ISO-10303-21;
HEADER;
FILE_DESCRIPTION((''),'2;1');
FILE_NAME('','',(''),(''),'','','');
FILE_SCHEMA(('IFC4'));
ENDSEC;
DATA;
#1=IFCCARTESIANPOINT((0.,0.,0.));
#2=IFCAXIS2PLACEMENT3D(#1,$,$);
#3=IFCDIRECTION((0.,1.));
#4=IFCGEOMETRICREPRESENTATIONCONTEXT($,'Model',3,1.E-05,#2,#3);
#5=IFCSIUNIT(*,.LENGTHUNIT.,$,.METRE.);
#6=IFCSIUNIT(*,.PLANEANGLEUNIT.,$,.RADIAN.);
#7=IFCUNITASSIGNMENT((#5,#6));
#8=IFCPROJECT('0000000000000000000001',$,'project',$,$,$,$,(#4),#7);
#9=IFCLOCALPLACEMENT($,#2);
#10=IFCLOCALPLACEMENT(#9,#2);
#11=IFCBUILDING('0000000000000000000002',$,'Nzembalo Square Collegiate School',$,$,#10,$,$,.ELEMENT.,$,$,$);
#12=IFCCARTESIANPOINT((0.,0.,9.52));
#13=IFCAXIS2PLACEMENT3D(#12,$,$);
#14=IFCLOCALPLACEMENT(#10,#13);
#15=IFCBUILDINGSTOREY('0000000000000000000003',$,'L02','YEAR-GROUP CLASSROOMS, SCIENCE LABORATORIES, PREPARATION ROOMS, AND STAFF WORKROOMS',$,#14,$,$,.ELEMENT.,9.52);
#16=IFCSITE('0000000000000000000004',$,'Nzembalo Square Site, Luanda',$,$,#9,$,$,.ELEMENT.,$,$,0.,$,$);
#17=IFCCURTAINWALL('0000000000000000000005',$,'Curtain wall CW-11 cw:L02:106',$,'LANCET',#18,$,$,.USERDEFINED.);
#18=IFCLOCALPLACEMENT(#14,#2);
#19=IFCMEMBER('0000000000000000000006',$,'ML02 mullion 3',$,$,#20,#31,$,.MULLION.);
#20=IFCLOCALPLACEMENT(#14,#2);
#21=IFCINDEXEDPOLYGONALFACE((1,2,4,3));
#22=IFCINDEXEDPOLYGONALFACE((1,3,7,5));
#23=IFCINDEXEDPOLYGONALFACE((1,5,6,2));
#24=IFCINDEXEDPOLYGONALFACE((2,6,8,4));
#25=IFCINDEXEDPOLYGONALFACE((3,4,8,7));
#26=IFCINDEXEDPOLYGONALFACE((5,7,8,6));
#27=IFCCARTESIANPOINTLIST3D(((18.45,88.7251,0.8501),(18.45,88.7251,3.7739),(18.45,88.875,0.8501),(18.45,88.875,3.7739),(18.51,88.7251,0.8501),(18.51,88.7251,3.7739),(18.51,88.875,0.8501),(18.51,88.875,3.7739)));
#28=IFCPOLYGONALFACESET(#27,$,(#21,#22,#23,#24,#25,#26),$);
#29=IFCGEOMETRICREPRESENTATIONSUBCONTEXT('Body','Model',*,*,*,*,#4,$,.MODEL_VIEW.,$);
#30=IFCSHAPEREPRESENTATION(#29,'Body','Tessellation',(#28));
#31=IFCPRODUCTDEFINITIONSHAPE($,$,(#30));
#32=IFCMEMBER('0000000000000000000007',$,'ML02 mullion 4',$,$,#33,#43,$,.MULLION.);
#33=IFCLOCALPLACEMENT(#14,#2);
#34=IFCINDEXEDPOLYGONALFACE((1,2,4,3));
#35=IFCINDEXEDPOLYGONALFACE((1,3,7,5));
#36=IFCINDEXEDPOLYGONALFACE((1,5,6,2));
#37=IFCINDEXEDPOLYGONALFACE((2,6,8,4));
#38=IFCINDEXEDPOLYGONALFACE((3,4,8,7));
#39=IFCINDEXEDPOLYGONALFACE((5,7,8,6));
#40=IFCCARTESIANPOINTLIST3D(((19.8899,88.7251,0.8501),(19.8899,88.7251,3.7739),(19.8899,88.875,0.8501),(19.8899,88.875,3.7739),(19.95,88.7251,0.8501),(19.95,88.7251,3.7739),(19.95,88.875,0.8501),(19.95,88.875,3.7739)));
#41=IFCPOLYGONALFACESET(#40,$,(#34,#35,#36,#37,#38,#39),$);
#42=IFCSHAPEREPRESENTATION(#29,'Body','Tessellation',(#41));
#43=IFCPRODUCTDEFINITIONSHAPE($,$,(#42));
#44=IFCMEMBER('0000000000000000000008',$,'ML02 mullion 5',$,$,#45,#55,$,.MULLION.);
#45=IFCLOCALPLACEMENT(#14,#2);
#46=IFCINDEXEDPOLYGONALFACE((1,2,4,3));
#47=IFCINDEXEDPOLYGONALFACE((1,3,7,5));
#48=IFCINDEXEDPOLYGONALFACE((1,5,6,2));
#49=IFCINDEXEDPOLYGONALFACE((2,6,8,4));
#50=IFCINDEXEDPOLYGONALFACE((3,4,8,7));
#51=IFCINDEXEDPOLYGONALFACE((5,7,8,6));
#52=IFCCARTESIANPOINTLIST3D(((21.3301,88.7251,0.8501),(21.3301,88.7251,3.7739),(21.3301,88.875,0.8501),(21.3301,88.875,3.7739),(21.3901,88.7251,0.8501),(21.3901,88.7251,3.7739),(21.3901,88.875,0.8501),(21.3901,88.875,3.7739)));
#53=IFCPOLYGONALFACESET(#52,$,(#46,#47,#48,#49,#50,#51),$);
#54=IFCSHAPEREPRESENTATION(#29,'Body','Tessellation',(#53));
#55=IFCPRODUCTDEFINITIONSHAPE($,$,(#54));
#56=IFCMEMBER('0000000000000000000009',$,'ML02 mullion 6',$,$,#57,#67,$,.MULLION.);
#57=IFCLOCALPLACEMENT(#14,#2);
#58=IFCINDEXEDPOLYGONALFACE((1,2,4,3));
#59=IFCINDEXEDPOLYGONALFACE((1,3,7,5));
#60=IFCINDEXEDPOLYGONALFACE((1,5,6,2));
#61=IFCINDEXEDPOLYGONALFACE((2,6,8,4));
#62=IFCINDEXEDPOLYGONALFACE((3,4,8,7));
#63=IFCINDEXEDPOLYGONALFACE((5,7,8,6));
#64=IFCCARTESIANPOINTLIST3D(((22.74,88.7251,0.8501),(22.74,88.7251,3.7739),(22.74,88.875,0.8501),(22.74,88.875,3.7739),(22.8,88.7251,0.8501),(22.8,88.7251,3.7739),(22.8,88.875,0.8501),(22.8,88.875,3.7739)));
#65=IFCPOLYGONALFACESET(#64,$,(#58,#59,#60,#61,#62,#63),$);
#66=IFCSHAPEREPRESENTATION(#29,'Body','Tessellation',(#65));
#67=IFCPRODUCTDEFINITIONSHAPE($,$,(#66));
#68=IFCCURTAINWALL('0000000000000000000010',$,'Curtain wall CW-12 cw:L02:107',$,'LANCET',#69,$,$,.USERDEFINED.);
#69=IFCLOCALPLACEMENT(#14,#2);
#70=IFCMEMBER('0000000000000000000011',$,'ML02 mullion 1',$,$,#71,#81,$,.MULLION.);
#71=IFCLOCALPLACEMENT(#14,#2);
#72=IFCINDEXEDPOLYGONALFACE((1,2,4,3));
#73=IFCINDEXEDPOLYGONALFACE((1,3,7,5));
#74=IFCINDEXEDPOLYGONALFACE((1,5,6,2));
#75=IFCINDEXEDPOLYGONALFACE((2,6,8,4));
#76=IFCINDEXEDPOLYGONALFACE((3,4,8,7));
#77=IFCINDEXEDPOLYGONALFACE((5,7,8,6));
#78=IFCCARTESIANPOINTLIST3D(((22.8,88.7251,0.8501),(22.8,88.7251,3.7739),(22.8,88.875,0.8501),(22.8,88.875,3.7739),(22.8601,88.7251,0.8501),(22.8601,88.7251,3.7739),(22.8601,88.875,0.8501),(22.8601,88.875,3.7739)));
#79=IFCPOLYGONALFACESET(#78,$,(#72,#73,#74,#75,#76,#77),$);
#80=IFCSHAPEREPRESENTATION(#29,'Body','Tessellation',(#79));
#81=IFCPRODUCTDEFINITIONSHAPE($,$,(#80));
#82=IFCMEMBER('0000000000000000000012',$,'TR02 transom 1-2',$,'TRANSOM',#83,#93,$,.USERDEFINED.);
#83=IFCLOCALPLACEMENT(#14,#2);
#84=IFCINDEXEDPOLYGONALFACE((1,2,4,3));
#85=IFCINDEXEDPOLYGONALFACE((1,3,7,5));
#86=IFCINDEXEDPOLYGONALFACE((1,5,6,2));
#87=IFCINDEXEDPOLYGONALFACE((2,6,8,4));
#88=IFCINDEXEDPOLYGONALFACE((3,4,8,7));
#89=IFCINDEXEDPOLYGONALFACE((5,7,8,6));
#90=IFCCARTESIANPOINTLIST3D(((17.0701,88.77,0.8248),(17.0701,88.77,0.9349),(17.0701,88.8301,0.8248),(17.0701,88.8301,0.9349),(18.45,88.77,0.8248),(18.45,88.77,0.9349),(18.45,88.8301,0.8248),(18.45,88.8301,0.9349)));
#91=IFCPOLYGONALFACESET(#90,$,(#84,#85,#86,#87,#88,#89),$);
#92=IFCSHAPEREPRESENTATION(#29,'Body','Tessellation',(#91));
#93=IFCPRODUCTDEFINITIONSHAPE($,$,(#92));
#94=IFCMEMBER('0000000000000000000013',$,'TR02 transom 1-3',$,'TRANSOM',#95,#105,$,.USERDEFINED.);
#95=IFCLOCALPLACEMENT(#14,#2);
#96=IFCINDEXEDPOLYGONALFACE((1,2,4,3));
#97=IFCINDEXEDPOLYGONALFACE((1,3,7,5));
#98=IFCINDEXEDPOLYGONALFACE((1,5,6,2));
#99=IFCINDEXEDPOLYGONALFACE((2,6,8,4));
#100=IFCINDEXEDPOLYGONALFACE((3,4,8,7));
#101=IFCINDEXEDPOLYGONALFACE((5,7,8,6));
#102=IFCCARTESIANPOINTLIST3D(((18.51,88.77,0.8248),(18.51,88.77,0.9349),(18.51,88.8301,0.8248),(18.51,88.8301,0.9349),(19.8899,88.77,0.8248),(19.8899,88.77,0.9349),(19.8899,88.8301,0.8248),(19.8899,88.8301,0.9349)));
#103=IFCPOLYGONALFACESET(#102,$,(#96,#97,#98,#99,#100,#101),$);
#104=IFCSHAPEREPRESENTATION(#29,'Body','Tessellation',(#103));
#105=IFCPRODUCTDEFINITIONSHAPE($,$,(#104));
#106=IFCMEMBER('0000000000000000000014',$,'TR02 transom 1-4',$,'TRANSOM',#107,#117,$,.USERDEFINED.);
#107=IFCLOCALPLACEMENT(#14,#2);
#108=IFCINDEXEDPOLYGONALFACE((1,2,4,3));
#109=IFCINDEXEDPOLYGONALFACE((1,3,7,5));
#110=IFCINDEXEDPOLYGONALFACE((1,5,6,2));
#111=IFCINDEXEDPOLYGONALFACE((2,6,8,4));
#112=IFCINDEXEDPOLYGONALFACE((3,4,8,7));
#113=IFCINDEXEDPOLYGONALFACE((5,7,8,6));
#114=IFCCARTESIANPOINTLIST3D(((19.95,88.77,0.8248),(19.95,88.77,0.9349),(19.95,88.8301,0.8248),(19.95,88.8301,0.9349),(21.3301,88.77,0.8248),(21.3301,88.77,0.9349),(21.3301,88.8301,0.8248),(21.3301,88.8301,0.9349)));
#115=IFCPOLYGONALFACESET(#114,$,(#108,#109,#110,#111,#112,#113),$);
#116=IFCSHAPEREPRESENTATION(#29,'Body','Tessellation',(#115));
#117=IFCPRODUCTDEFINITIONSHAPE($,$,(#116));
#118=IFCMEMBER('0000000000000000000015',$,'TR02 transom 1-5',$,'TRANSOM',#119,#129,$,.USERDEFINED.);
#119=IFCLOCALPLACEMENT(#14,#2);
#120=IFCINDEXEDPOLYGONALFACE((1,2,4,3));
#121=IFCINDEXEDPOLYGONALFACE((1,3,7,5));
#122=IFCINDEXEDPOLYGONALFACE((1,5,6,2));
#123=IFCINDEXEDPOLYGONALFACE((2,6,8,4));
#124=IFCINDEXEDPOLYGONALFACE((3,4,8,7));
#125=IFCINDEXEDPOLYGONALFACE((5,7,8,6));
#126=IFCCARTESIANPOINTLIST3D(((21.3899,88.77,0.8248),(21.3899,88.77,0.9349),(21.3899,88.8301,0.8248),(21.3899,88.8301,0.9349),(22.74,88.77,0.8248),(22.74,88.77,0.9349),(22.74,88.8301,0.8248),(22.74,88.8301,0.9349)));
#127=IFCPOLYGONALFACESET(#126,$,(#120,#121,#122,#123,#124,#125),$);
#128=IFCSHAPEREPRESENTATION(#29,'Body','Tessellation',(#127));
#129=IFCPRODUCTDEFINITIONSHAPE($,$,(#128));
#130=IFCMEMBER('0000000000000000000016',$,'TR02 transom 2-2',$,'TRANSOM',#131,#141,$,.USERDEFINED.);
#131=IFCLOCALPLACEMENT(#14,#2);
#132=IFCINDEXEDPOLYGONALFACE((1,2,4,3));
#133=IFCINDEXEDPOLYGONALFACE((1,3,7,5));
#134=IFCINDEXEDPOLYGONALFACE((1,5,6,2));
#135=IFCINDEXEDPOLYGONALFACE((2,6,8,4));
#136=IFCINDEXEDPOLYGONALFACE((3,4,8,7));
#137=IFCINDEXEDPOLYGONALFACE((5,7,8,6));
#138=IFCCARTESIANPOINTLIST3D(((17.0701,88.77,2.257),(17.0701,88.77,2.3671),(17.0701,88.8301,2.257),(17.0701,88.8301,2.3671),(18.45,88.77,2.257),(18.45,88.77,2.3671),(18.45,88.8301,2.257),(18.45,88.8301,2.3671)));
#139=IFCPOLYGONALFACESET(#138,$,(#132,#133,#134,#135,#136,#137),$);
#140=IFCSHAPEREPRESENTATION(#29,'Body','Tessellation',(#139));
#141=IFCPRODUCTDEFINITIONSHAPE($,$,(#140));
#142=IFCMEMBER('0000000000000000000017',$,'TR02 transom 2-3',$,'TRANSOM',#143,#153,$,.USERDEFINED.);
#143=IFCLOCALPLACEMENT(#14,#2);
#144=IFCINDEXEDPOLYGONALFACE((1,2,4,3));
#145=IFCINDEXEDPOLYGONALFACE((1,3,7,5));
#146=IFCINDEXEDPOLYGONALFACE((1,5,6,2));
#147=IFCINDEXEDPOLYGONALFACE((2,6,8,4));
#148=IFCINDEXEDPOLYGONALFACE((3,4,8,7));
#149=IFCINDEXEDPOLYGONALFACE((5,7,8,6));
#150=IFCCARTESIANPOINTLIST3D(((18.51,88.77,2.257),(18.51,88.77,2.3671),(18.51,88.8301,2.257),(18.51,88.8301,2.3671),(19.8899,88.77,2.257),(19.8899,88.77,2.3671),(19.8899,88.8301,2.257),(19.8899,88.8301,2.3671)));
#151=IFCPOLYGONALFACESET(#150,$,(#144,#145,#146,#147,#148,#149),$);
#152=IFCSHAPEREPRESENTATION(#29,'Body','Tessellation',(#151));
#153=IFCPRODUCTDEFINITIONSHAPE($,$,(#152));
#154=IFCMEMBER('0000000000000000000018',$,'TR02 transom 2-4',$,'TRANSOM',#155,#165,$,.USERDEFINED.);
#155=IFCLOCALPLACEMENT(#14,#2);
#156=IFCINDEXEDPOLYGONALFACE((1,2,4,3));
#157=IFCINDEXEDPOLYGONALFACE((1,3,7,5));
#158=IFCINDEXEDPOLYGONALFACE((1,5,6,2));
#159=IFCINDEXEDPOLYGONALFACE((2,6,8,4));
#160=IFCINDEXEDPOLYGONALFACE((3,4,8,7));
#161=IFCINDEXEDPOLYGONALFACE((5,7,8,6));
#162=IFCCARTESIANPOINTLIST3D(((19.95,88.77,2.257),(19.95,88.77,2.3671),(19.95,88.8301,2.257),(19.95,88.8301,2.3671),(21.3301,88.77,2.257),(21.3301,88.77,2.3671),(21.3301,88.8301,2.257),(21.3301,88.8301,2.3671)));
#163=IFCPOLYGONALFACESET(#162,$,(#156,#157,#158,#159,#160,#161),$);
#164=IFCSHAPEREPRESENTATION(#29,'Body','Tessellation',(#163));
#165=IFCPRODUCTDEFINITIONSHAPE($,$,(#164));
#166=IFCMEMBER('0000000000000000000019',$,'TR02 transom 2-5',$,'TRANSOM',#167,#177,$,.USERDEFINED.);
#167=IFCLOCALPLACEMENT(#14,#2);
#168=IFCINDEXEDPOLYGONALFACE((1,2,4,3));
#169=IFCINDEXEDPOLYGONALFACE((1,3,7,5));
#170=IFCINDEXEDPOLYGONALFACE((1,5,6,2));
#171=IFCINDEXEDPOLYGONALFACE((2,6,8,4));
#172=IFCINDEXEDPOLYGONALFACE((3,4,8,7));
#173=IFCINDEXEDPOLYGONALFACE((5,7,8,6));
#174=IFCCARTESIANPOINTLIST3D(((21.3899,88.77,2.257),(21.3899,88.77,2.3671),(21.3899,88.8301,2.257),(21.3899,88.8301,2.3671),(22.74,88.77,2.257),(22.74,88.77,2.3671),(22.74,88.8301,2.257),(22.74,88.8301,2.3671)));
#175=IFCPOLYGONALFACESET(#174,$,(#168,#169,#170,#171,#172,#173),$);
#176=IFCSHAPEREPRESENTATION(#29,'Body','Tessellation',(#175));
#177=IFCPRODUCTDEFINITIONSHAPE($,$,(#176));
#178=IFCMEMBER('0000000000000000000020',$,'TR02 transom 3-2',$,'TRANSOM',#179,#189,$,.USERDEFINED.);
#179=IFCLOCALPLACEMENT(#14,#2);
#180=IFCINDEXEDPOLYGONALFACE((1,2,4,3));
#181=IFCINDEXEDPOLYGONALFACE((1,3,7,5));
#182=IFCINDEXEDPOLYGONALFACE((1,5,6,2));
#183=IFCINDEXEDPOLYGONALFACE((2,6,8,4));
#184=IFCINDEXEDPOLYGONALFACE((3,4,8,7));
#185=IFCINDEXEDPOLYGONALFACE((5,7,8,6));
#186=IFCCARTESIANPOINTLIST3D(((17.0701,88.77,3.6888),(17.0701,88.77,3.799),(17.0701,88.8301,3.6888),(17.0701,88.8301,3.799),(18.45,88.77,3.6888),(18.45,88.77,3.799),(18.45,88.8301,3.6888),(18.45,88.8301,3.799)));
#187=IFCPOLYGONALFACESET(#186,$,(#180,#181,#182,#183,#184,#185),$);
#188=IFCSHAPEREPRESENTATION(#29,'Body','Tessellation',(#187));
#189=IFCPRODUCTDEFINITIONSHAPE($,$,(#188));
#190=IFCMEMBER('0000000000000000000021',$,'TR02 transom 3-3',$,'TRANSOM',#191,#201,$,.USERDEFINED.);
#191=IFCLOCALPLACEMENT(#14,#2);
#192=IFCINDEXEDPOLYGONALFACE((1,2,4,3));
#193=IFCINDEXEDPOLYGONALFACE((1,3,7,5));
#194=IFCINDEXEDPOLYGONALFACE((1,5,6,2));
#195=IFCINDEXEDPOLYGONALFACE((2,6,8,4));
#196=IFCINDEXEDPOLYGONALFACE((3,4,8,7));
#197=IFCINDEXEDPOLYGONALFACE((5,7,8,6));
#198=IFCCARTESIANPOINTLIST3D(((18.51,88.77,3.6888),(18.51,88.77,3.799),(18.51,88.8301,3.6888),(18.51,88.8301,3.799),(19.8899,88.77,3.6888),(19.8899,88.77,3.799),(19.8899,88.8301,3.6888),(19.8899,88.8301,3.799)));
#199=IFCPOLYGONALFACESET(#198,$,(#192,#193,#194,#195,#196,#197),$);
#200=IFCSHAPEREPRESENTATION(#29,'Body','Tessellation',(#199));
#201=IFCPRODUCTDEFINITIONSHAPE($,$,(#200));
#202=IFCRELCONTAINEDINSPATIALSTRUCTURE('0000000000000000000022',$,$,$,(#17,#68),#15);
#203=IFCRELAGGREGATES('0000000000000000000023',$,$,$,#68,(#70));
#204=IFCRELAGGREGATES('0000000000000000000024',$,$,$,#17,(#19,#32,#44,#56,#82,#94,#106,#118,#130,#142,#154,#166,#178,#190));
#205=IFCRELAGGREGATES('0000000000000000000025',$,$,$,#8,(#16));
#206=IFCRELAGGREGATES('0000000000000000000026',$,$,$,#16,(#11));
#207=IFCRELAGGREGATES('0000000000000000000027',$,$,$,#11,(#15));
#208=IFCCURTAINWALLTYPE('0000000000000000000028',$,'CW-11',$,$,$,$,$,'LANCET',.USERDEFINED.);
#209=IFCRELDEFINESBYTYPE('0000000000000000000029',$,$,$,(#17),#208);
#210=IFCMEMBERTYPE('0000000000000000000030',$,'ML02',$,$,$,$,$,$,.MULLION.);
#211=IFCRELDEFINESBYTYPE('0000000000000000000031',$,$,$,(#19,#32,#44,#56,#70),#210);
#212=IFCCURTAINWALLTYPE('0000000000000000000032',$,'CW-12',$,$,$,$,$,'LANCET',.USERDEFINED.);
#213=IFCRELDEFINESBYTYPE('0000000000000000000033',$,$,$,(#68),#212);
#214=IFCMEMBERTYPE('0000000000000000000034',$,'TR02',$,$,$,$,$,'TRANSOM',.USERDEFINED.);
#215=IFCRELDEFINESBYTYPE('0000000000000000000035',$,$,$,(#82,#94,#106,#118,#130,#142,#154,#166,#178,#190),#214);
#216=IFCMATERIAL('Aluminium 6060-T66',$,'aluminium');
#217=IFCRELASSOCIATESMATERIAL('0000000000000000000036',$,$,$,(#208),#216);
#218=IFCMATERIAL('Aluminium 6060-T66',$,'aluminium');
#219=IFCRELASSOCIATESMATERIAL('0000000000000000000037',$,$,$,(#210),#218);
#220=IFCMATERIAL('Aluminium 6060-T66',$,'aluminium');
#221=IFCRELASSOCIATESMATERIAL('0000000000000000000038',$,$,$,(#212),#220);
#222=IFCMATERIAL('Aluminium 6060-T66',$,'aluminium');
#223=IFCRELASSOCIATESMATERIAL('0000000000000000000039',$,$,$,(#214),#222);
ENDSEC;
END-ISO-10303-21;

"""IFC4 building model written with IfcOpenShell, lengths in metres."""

from ifc_helpers import new_model, si_unit, direction, frame, origin, origin_2d, place, context, subcontext, project, spatial, rectangle, extrude, material, material_profile, profile_set, type_object, element, aggregate, save


model = new_model("IFC4")

# Units and contexts
model_context = context("Model", 3, precision=1e-05, world=origin(), true_north=direction((0.0, 1.0)))
body_context = subcontext(model_context, "Body", "Model", "MODEL_VIEW")
ifc_project = project(units=[si_unit("LENGTHUNIT", "METRE"), si_unit("PLANEANGLEUNIT", "RADIAN")], contexts=[model_context])

# Site, building, storey
site_placement = place(None, origin())
site = spatial("IfcSite", under=ifc_project, at=site_placement, Name="Nzembalo Square Site, Luanda", CompositionType="ELEMENT", RefElevation=0.0)
building_placement = place(site_placement, origin())
building = spatial("IfcBuilding", under=site, at=building_placement, Name="Nzembalo Square Collegiate School", CompositionType="ELEMENT")
storey_placement = place(building_placement, frame((0.0, 0.0, 9.52)))
storey = spatial("IfcBuildingStorey", under=building, at=storey_placement, Name="L02", Description="YEAR-GROUP CLASSROOMS, SCIENCE LABORATORIES, PREPARATION ROOMS, AND STAFF WORKROOMS", CompositionType="ELEMENT", Elevation=9.52)

# Curtain wall, members
ifc_material_1 = material(Name="Aluminium 6060-T66", Category="aluminium")
curtain_wall_type_1 = type_object("IfcCurtainWallType", Name="CW-11", ElementType="LANCET", PredefinedType="USERDEFINED", material=ifc_material_1)
curtain_wall_1_placement = place(storey_placement, origin())
curtain_wall_1 = element("IfcCurtainWall", 1, at=curtain_wall_1_placement, inside=storey, type_object=curtain_wall_type_1, Name="Curtain wall CW-11 cw:L02:106", ObjectType="LANCET", PredefinedType="USERDEFINED")
ifc_material_2 = material(Name="Aluminium 6060-T66", Category="aluminium")
ifc_material_profile_1 = material_profile(ifc_material_2, rectangle(XDim=0.0601, YDim=0.1499, at=origin_2d()), Name="ALU M60x150")
ifc_profile_set_1 = profile_set([ifc_material_profile_1], Name="Aluminium 6060-T66")
member_type_1 = type_object("IfcMemberType", Name="ML02", PredefinedType="MULLION", material=ifc_profile_set_1)
member_1_placement = place(storey_placement, frame((18.48, 88.8, 0.8501), z_axis=(0.0, 0.0, 1.0), x_axis=(1.0, 0.0, 0.0)))
member_1 = element("IfcMember", 2, at=member_1_placement, type_object=member_type_1, Name="ML02 mullion 3", PredefinedType="MULLION", context=body_context, shape_type="SweptSolid", body=[
    extrude(rectangle(XDim=0.0601, YDim=0.1499, at=origin_2d()), origin(), (0.0, 0.0, 1.0), 2.9238),
])
member_2_placement = place(storey_placement, frame((19.9199, 88.8, 0.8501), z_axis=(0.0, 0.0, 1.0), x_axis=(1.0, 0.0, 0.0)))
member_2 = element("IfcMember", 3, at=member_2_placement, type_object=member_type_1, Name="ML02 mullion 4", PredefinedType="MULLION", context=body_context, shape_type="SweptSolid", body=[
    extrude(rectangle(XDim=0.0601, YDim=0.1499, at=origin_2d()), origin(), (0.0, 0.0, 1.0), 2.9238),
])
member_3_placement = place(storey_placement, frame((21.3601, 88.8, 0.8501), z_axis=(0.0, 0.0, 1.0), x_axis=(1.0, 0.0, 0.0)))
member_3 = element("IfcMember", 4, at=member_3_placement, type_object=member_type_1, Name="ML02 mullion 5", PredefinedType="MULLION", context=body_context, shape_type="SweptSolid", body=[
    extrude(rectangle(XDim=0.0601, YDim=0.1499, at=origin_2d()), origin(), (0.0, 0.0, 1.0), 2.9238),
])
member_4_placement = place(storey_placement, frame((22.77, 88.8, 0.8501), z_axis=(0.0, 0.0, 1.0), x_axis=(1.0, 0.0, 0.0)))
member_4 = element("IfcMember", 5, at=member_4_placement, type_object=member_type_1, Name="ML02 mullion 6", PredefinedType="MULLION", context=body_context, shape_type="SweptSolid", body=[
    extrude(rectangle(XDim=0.0601, YDim=0.1499, at=origin_2d()), origin(), (0.0, 0.0, 1.0), 2.9238),
])

# Curtain wall, member
ifc_material_3 = material(Name="Aluminium 6060-T66", Category="aluminium")
curtain_wall_type_2 = type_object("IfcCurtainWallType", Name="CW-12", ElementType="LANCET", PredefinedType="USERDEFINED", material=ifc_material_3)
curtain_wall_2_placement = place(storey_placement, origin())
curtain_wall_2 = element("IfcCurtainWall", 6, at=curtain_wall_2_placement, inside=storey, type_object=curtain_wall_type_2, Name="Curtain wall CW-12 cw:L02:107", ObjectType="LANCET", PredefinedType="USERDEFINED")
member_5_placement = place(storey_placement, frame((22.8301, 88.8, 0.8501), z_axis=(0.0, 0.0, 1.0), x_axis=(1.0, 0.0, 0.0)))
member_5 = element("IfcMember", 7, at=member_5_placement, type_object=member_type_1, Name="ML02 mullion 1", PredefinedType="MULLION", context=body_context, shape_type="SweptSolid", body=[
    extrude(rectangle(XDim=0.0601, YDim=0.1499, at=origin_2d()), origin(), (0.0, 0.0, 1.0), 2.9238),
])
aggregate(curtain_wall_2, [member_5])

# Members
ifc_material_4 = material(Name="Aluminium 6060-T66", Category="aluminium")
ifc_material_profile_2 = material_profile(ifc_material_4, rectangle(XDim=0.0601, YDim=0.1101, at=origin_2d()), Name="ALU T60x110")
ifc_profile_set_2 = profile_set([ifc_material_profile_2], Name="Aluminium 6060-T66")
member_type_2 = type_object("IfcMemberType", Name="TR02", ElementType="TRANSOM", PredefinedType="USERDEFINED", material=ifc_profile_set_2)
member_6_placement = place(storey_placement, frame((17.0701, 88.8, 0.8799), z_axis=(1.0, 0.0, 0.0), x_axis=(0.0, 1.0, 0.0)))
member_6 = element("IfcMember", 8, at=member_6_placement, type_object=member_type_2, Name="TR02 transom 1-2", ObjectType="TRANSOM", PredefinedType="USERDEFINED", context=body_context, shape_type="SweptSolid", body=[
    extrude(rectangle(XDim=0.0601, YDim=0.1101, at=origin_2d()), origin(), (0.0, 0.0, 1.0), 1.3799),
])
member_7_placement = place(storey_placement, frame((18.51, 88.8, 0.8799), z_axis=(1.0, 0.0, 0.0), x_axis=(0.0, 1.0, 0.0)))
member_7 = element("IfcMember", 9, at=member_7_placement, type_object=member_type_2, Name="TR02 transom 1-3", ObjectType="TRANSOM", PredefinedType="USERDEFINED", context=body_context, shape_type="SweptSolid", body=[
    extrude(rectangle(XDim=0.0601, YDim=0.1101, at=origin_2d()), origin(), (0.0, 0.0, 1.0), 1.3799),
])
member_8_placement = place(storey_placement, frame((19.95, 88.8, 0.8799), z_axis=(1.0, 0.0, 0.0), x_axis=(0.0, 1.0, 0.0)))
member_8 = element("IfcMember", 10, at=member_8_placement, type_object=member_type_2, Name="TR02 transom 1-4", ObjectType="TRANSOM", PredefinedType="USERDEFINED", context=body_context, shape_type="SweptSolid", body=[
    extrude(rectangle(XDim=0.0601, YDim=0.1101, at=origin_2d()), origin(), (0.0, 0.0, 1.0), 1.3801),
])
member_9_placement = place(storey_placement, frame((21.3899, 88.8, 0.8799), z_axis=(1.0, 0.0, 0.0), x_axis=(0.0, 1.0, 0.0)))
member_9 = element("IfcMember", 11, at=member_9_placement, type_object=member_type_2, Name="TR02 transom 1-5", ObjectType="TRANSOM", PredefinedType="USERDEFINED", context=body_context, shape_type="SweptSolid", body=[
    extrude(rectangle(XDim=0.0601, YDim=0.1101, at=origin_2d()), origin(), (0.0, 0.0, 1.0), 1.3501),
])
member_10_placement = place(storey_placement, frame((17.0701, 88.8, 2.312), z_axis=(1.0, 0.0, 0.0), x_axis=(0.0, 1.0, 0.0)))
member_10 = element("IfcMember", 12, at=member_10_placement, type_object=member_type_2, Name="TR02 transom 2-2", ObjectType="TRANSOM", PredefinedType="USERDEFINED", context=body_context, shape_type="SweptSolid", body=[
    extrude(rectangle(XDim=0.0601, YDim=0.1101, at=origin_2d()), origin(), (0.0, 0.0, 1.0), 1.3799),
])
member_11_placement = place(storey_placement, frame((18.51, 88.8, 2.312), z_axis=(1.0, 0.0, 0.0), x_axis=(0.0, 1.0, 0.0)))
member_11 = element("IfcMember", 13, at=member_11_placement, type_object=member_type_2, Name="TR02 transom 2-3", ObjectType="TRANSOM", PredefinedType="USERDEFINED", context=body_context, shape_type="SweptSolid", body=[
    extrude(rectangle(XDim=0.0601, YDim=0.1101, at=origin_2d()), origin(), (0.0, 0.0, 1.0), 1.3799),
])
member_12_placement = place(storey_placement, frame((19.95, 88.8, 2.312), z_axis=(1.0, 0.0, 0.0), x_axis=(0.0, 1.0, 0.0)))
member_12 = element("IfcMember", 14, at=member_12_placement, type_object=member_type_2, Name="TR02 transom 2-4", ObjectType="TRANSOM", PredefinedType="USERDEFINED", context=body_context, shape_type="SweptSolid", body=[
    extrude(rectangle(XDim=0.0601, YDim=0.1101, at=origin_2d()), origin(), (0.0, 0.0, 1.0), 1.3801),
])
member_13_placement = place(storey_placement, frame((21.3899, 88.8, 2.312), z_axis=(1.0, 0.0, 0.0), x_axis=(0.0, 1.0, 0.0)))
member_13 = element("IfcMember", 15, at=member_13_placement, type_object=member_type_2, Name="TR02 transom 2-5", ObjectType="TRANSOM", PredefinedType="USERDEFINED", context=body_context, shape_type="SweptSolid", body=[
    extrude(rectangle(XDim=0.0601, YDim=0.1101, at=origin_2d()), origin(), (0.0, 0.0, 1.0), 1.3501),
])
member_14_placement = place(storey_placement, frame((17.0701, 88.8, 3.7439), z_axis=(1.0, 0.0, 0.0), x_axis=(0.0, 1.0, 0.0)))
member_14 = element("IfcMember", 16, at=member_14_placement, type_object=member_type_2, Name="TR02 transom 3-2", ObjectType="TRANSOM", PredefinedType="USERDEFINED", context=body_context, shape_type="SweptSolid", body=[
    extrude(rectangle(XDim=0.0601, YDim=0.1101, at=origin_2d()), origin(), (0.0, 0.0, 1.0), 1.3799),
])
member_15_placement = place(storey_placement, frame((18.51, 88.8, 3.7439), z_axis=(1.0, 0.0, 0.0), x_axis=(0.0, 1.0, 0.0)))
member_15 = element("IfcMember", 17, at=member_15_placement, type_object=member_type_2, Name="TR02 transom 3-3", ObjectType="TRANSOM", PredefinedType="USERDEFINED", context=body_context, shape_type="SweptSolid", body=[
    extrude(rectangle(XDim=0.0601, YDim=0.1101, at=origin_2d()), origin(), (0.0, 0.0, 1.0), 1.3799),
])

aggregate(curtain_wall_1, [member_1, member_2, member_3, member_4, member_6, member_7, member_8, member_9, member_10, member_11, member_12, member_13, member_14, member_15])

save(model, "model.ifc")
